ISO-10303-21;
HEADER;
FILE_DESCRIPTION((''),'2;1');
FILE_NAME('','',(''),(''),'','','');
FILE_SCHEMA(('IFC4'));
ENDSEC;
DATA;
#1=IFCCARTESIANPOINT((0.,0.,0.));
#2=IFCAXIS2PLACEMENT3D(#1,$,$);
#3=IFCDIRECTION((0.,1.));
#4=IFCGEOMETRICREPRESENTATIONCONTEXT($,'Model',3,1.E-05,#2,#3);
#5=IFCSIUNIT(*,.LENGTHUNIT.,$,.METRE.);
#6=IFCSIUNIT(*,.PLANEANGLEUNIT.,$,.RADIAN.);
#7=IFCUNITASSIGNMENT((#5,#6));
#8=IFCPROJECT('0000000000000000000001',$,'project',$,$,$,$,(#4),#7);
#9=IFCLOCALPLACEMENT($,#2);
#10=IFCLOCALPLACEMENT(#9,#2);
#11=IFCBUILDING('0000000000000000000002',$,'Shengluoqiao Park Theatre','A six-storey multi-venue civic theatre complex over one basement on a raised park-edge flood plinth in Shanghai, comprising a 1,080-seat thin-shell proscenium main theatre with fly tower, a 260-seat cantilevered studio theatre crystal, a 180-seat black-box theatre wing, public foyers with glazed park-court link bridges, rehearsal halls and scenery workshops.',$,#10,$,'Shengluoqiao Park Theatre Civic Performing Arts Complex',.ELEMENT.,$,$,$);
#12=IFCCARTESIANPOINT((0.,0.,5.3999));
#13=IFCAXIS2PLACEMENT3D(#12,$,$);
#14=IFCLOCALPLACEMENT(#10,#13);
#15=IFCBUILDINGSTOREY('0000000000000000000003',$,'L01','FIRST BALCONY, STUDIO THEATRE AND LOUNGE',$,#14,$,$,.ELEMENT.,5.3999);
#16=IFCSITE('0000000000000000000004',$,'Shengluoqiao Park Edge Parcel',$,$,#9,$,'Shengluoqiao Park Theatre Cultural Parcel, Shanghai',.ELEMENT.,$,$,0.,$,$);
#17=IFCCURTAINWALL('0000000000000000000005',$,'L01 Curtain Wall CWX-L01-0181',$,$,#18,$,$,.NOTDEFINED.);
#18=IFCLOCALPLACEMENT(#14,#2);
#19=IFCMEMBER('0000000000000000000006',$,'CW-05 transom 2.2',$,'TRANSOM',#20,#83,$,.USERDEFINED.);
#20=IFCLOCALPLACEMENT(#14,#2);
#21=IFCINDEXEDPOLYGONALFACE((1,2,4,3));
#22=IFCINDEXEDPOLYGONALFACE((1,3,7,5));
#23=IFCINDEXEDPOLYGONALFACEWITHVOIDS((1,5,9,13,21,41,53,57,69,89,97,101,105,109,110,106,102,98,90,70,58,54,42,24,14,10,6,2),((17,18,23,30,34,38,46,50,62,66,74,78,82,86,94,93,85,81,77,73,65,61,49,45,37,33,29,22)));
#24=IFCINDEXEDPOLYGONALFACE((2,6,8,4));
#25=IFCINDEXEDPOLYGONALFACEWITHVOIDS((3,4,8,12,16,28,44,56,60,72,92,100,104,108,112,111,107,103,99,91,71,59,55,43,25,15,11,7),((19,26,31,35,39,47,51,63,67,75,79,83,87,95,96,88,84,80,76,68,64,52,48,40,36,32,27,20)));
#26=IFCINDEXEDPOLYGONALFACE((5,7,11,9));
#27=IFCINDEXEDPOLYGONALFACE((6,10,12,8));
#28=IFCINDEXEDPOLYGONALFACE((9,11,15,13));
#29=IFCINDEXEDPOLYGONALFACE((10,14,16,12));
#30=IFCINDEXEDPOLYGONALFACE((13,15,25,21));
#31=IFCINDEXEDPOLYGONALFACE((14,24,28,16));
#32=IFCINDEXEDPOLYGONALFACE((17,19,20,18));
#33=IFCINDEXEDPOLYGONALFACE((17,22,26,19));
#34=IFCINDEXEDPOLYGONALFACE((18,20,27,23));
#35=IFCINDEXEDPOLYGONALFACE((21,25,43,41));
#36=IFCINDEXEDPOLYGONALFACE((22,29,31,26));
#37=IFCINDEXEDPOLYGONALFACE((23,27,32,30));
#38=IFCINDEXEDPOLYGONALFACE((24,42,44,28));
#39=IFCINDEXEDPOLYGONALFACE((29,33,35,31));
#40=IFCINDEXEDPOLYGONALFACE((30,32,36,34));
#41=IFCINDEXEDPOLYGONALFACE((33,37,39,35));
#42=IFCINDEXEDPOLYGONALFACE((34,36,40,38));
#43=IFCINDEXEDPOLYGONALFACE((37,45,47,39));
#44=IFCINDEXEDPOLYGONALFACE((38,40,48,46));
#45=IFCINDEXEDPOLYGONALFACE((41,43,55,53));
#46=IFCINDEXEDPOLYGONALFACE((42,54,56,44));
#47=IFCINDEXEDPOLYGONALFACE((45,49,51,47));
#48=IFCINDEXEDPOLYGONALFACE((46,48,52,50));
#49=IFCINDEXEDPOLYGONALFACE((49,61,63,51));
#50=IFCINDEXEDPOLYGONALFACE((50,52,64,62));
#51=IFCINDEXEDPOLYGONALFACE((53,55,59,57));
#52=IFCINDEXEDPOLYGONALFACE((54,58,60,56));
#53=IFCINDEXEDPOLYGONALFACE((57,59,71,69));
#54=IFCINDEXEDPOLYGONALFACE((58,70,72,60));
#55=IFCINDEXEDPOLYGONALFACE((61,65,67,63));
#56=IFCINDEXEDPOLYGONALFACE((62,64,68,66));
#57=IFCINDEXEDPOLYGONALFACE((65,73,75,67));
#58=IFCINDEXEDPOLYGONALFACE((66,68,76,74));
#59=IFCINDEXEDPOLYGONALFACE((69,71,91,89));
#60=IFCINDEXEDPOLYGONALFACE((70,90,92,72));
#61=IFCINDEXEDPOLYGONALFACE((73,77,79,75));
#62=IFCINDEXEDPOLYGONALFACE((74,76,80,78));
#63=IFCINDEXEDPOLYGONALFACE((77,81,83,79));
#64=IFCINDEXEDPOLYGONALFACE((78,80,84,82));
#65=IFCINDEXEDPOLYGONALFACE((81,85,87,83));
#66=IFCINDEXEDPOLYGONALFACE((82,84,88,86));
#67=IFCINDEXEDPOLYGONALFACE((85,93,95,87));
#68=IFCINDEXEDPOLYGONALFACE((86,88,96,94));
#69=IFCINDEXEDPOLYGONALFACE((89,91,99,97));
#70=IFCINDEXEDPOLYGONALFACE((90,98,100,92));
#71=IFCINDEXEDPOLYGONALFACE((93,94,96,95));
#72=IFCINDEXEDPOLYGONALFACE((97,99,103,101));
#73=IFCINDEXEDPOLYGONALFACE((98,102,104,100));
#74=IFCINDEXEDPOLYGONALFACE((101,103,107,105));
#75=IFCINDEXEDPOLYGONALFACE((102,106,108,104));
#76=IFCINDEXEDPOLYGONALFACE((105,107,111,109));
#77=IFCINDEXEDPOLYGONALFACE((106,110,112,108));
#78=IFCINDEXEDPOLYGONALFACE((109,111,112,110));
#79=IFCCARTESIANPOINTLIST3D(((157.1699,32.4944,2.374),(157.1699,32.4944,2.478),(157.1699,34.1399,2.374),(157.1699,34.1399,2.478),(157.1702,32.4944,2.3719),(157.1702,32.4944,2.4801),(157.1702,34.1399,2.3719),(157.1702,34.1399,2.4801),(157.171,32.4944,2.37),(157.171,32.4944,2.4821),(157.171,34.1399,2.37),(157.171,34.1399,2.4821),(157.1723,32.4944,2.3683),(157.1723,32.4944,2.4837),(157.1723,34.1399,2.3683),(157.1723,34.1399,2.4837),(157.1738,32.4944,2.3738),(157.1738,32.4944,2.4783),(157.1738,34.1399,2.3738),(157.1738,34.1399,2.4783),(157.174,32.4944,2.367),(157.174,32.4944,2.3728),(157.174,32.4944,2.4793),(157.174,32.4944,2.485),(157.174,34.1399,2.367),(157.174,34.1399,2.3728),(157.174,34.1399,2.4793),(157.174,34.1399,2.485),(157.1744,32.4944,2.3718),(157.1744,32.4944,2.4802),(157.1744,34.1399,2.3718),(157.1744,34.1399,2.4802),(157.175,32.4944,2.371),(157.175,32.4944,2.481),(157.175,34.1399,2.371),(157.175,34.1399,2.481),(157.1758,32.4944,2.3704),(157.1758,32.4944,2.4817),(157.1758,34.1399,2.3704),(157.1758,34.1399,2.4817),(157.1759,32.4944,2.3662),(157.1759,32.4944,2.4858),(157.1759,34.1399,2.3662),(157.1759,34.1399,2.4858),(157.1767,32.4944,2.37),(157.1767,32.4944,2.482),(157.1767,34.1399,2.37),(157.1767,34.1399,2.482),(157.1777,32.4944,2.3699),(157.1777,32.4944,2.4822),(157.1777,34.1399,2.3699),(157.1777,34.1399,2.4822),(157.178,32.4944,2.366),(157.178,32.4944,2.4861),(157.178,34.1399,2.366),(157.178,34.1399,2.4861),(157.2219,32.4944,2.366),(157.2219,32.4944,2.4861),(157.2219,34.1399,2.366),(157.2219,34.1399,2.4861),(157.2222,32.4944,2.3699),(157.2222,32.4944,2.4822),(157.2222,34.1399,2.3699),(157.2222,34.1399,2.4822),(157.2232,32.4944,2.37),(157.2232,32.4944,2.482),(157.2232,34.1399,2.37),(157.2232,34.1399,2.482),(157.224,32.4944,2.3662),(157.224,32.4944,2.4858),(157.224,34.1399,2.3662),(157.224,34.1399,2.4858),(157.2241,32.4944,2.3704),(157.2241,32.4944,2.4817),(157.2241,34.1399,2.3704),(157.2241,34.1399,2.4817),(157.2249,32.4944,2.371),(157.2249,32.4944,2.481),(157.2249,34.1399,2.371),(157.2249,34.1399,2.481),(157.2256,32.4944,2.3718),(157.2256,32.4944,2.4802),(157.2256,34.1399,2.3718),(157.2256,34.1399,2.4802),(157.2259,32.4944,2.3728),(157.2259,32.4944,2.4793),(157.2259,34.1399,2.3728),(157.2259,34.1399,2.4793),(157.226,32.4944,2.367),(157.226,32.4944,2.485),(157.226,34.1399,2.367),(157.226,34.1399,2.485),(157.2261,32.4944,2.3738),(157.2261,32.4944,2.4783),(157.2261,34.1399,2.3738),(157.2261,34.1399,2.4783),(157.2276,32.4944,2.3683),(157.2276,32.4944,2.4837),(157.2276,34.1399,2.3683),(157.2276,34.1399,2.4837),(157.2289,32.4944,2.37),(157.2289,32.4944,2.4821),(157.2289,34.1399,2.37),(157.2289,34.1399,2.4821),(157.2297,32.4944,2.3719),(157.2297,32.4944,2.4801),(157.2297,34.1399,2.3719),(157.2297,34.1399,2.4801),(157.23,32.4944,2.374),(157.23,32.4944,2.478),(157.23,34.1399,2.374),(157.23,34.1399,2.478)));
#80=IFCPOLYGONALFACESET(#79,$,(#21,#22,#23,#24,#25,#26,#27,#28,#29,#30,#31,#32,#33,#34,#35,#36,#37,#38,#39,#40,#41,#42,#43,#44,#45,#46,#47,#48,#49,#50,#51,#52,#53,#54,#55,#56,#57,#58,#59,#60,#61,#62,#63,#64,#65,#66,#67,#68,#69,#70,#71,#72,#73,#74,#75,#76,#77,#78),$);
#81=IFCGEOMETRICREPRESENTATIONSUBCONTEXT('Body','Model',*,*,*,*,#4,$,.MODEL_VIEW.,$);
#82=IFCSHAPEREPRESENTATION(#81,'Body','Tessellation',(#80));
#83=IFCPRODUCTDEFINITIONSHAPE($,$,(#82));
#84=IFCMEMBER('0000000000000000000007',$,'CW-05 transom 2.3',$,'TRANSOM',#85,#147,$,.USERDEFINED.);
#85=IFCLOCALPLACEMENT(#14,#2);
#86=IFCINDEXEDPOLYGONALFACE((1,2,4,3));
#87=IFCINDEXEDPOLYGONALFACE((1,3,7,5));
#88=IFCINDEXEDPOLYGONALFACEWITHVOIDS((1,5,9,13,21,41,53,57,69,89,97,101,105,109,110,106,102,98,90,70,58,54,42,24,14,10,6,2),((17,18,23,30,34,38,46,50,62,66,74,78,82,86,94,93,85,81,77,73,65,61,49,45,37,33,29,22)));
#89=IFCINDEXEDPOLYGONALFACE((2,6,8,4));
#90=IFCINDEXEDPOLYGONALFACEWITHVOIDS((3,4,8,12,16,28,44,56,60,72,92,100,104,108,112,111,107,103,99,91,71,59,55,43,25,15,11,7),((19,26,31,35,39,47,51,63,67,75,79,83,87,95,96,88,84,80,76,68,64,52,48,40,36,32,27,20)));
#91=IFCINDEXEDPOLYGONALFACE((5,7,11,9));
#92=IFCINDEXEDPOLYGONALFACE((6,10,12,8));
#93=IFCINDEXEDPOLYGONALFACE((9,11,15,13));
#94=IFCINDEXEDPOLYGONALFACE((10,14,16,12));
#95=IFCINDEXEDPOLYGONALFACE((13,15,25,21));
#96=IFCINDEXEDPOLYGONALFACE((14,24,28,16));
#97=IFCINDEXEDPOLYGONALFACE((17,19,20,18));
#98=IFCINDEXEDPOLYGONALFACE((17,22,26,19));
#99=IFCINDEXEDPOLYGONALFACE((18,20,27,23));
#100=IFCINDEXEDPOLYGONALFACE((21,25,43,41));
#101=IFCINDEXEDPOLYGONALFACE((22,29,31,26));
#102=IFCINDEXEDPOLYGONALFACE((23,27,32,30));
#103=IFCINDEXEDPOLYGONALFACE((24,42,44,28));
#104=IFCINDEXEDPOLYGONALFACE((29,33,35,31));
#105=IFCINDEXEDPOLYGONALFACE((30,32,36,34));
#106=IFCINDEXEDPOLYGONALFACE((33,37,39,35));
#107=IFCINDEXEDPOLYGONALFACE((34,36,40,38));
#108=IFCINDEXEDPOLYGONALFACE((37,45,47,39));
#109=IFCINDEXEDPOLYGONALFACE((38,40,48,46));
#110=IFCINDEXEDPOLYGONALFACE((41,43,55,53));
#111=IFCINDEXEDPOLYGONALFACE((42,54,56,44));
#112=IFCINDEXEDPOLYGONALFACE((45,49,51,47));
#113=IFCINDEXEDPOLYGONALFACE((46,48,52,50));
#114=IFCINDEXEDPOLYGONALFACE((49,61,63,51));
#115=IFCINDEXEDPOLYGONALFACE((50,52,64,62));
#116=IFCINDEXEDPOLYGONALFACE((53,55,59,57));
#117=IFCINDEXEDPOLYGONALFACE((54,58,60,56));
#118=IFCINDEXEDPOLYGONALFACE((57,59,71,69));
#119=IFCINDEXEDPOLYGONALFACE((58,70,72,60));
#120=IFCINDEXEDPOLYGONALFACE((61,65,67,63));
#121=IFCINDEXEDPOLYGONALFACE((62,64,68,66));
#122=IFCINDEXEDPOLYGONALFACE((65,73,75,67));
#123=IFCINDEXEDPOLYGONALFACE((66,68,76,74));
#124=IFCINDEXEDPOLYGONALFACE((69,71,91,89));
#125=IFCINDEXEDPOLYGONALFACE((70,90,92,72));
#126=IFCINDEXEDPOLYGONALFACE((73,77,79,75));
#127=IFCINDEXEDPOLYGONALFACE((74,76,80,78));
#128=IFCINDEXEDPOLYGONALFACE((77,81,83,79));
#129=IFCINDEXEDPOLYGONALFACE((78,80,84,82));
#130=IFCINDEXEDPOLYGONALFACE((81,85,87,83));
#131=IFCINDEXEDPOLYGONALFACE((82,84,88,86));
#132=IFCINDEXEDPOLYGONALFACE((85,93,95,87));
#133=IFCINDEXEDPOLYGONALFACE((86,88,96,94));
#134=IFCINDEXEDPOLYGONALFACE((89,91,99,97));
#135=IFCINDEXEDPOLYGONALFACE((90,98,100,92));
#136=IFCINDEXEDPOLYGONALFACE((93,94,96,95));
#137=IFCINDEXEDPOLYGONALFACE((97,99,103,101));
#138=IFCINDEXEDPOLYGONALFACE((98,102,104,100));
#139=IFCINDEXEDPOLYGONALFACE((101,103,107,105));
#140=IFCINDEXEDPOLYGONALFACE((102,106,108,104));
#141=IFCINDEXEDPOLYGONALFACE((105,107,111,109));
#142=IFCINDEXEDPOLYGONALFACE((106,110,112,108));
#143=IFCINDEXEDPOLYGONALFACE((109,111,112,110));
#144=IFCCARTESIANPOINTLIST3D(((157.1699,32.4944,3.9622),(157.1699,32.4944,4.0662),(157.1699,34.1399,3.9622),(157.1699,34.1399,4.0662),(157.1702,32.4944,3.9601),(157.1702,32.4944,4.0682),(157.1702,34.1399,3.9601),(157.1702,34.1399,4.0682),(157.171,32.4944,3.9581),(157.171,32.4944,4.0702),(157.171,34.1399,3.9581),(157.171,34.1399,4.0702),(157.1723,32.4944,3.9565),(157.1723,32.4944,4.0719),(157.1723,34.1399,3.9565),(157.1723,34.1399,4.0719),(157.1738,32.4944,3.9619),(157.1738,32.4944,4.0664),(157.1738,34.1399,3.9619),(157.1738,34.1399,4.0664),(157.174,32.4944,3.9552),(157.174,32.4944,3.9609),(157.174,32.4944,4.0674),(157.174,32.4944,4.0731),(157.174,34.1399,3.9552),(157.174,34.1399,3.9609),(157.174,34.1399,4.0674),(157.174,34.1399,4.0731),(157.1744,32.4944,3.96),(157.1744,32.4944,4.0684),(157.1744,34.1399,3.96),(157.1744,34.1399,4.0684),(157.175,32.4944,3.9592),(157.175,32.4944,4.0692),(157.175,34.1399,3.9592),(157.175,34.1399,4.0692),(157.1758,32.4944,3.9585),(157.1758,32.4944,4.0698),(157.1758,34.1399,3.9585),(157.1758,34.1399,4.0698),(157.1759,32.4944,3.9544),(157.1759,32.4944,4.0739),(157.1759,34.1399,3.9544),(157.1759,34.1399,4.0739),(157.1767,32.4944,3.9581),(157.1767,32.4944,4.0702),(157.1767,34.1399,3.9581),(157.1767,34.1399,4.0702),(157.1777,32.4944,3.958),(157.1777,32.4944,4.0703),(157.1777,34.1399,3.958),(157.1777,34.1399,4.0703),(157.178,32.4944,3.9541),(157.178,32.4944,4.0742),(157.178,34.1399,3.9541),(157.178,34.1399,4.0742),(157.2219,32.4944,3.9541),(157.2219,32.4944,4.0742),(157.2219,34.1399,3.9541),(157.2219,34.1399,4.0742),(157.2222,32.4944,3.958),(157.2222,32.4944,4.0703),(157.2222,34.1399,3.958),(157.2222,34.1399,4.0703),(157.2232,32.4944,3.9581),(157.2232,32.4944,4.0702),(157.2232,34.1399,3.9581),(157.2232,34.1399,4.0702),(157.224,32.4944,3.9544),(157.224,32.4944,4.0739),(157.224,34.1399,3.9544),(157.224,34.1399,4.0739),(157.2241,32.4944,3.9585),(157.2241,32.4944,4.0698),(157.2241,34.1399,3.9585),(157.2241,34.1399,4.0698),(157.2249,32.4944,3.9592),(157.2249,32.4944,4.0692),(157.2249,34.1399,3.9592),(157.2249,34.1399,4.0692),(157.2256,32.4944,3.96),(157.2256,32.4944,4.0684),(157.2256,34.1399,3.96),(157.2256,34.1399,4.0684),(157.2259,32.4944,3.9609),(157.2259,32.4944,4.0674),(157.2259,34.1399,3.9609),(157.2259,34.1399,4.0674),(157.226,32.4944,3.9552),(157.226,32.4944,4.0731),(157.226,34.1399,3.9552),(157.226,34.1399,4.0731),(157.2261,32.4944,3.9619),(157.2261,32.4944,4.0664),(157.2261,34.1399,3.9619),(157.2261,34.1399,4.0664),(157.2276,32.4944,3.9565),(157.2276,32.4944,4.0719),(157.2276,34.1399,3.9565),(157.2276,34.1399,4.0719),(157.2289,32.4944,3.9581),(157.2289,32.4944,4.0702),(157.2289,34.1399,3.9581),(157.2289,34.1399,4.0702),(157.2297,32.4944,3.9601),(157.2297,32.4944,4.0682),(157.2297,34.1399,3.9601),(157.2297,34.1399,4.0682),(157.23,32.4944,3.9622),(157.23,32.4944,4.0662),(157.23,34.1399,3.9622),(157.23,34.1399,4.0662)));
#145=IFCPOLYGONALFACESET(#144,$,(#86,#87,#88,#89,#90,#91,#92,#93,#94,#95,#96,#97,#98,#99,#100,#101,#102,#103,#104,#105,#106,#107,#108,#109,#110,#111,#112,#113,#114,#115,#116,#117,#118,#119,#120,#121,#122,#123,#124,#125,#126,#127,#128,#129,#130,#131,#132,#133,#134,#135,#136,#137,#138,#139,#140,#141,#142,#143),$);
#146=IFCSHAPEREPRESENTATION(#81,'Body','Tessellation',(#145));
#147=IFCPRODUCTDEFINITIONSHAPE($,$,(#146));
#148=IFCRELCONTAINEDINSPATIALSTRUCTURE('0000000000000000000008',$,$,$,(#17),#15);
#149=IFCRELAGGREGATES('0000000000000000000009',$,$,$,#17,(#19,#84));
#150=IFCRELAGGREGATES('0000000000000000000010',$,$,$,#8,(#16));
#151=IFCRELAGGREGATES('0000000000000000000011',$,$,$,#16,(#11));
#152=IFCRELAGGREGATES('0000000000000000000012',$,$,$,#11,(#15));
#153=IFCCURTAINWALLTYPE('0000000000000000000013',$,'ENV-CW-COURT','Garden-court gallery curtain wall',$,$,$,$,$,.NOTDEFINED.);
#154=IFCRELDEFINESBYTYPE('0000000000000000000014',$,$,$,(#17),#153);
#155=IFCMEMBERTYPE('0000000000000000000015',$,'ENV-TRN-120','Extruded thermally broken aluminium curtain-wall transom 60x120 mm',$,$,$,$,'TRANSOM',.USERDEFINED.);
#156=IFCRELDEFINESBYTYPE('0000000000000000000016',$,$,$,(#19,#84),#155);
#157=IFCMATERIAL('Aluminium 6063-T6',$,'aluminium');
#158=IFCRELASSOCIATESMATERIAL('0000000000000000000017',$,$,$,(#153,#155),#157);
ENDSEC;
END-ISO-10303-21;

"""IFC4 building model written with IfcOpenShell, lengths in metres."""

from ifc_helpers import new_model, si_unit, direction, frame, origin, origin_2d, place, context, subcontext, project, spatial, hollow_rectangle, extrude, material, material_profile, profile_set, type_object, element, aggregate, save


model = new_model("IFC4")

# Units and contexts
model_context = context("Model", 3, precision=1e-05, world=origin(), true_north=direction((0.0, 1.0)))
body_context = subcontext(model_context, "Body", "Model", "MODEL_VIEW")
ifc_project = project(units=[si_unit("LENGTHUNIT", "METRE"), si_unit("PLANEANGLEUNIT", "RADIAN")], contexts=[model_context])

# Site, building, storey
site_placement = place(None, origin())
site = spatial("IfcSite", under=ifc_project, at=site_placement, Name="Shengluoqiao Park Edge Parcel", LongName="Shengluoqiao Park Theatre Cultural Parcel, Shanghai", CompositionType="ELEMENT", RefElevation=0.0)
building_placement = place(site_placement, origin())
building = spatial("IfcBuilding", under=site, at=building_placement, Name="Shengluoqiao Park Theatre", Description="A six-storey multi-venue civic theatre complex over one basement on a raised park-edge flood plinth in Shanghai, comprising a 1,080-seat thin-shell proscenium main theatre with fly tower, a 260-seat cantilevered studio theatre crystal, a 180-seat black-box theatre wing, public foyers with glazed park-court link bridges, rehearsal halls and scenery workshops.", LongName="Shengluoqiao Park Theatre Civic Performing Arts Complex", CompositionType="ELEMENT")
storey_placement = place(building_placement, frame((0.0, 0.0, 5.3999)))
storey = spatial("IfcBuildingStorey", under=building, at=storey_placement, Name="L01", Description="FIRST BALCONY, STUDIO THEATRE AND LOUNGE", CompositionType="ELEMENT", Elevation=5.3999)

# Shared definitions
ifc_material_1 = material(Name="Aluminium 6063-T6", Category="aluminium")
curtain_wall_type = type_object("IfcCurtainWallType", Name="ENV-CW-COURT", Description="Garden-court gallery curtain wall", PredefinedType="NOTDEFINED", material=ifc_material_1)

# Curtain wall
curtain_wall_1_placement = place(storey_placement, origin())
curtain_wall_1 = element("IfcCurtainWall", 1, at=curtain_wall_1_placement, inside=storey, type_object=curtain_wall_type, Name="L01 Curtain Wall CWX-L01-0181", PredefinedType="NOTDEFINED")

# Members
ifc_material_profile_1 = material_profile(ifc_material_1, hollow_rectangle(XDim=0.0601, YDim=0.1201, WallThickness=0.0039, InnerFilletRadius=0.0039, OuterFilletRadius=0.0081, at=origin_2d()), Name="ALU TRANSOM 120x60x4")
ifc_profile_set_1 = profile_set([ifc_material_profile_1], Name="Aluminium 6063-T6")
member_type_1 = type_object("IfcMemberType", Name="ENV-TRN-120", Description="Extruded thermally broken aluminium curtain-wall transom 60x120 mm", ElementType="TRANSOM", PredefinedType="USERDEFINED", material=ifc_profile_set_1)
member_1_placement = place(storey_placement, frame((157.2, 32.4944, 2.426), z_axis=(0.0, 1.0, 0.0), x_axis=(-1.0, 0.0, 0.0)))
member_1 = element("IfcMember", 2, at=member_1_placement, type_object=member_type_1, Name="CW-05 transom 2.2", ObjectType="TRANSOM", PredefinedType="USERDEFINED", context=body_context, shape_type="SweptSolid", body=[
    extrude(hollow_rectangle(XDim=0.0601, YDim=0.1201, WallThickness=0.0039, InnerFilletRadius=0.0039, OuterFilletRadius=0.0081, at=origin_2d()), origin(), (0.0, 0.0, 1.0), 1.6455),
])
member_2_placement = place(storey_placement, frame((157.2, 32.4944, 4.0142), z_axis=(0.0, 1.0, 0.0), x_axis=(-1.0, 0.0, 0.0)))
member_2 = element("IfcMember", 3, at=member_2_placement, type_object=member_type_1, Name="CW-05 transom 2.3", ObjectType="TRANSOM", PredefinedType="USERDEFINED", context=body_context, shape_type="SweptSolid", body=[
    extrude(hollow_rectangle(XDim=0.0601, YDim=0.1201, WallThickness=0.0039, InnerFilletRadius=0.0039, OuterFilletRadius=0.0081, at=origin_2d()), origin(), (0.0, 0.0, 1.0), 1.6455),
])

aggregate(curtain_wall_1, [member_1, member_2])

save(model, "model.ifc")
